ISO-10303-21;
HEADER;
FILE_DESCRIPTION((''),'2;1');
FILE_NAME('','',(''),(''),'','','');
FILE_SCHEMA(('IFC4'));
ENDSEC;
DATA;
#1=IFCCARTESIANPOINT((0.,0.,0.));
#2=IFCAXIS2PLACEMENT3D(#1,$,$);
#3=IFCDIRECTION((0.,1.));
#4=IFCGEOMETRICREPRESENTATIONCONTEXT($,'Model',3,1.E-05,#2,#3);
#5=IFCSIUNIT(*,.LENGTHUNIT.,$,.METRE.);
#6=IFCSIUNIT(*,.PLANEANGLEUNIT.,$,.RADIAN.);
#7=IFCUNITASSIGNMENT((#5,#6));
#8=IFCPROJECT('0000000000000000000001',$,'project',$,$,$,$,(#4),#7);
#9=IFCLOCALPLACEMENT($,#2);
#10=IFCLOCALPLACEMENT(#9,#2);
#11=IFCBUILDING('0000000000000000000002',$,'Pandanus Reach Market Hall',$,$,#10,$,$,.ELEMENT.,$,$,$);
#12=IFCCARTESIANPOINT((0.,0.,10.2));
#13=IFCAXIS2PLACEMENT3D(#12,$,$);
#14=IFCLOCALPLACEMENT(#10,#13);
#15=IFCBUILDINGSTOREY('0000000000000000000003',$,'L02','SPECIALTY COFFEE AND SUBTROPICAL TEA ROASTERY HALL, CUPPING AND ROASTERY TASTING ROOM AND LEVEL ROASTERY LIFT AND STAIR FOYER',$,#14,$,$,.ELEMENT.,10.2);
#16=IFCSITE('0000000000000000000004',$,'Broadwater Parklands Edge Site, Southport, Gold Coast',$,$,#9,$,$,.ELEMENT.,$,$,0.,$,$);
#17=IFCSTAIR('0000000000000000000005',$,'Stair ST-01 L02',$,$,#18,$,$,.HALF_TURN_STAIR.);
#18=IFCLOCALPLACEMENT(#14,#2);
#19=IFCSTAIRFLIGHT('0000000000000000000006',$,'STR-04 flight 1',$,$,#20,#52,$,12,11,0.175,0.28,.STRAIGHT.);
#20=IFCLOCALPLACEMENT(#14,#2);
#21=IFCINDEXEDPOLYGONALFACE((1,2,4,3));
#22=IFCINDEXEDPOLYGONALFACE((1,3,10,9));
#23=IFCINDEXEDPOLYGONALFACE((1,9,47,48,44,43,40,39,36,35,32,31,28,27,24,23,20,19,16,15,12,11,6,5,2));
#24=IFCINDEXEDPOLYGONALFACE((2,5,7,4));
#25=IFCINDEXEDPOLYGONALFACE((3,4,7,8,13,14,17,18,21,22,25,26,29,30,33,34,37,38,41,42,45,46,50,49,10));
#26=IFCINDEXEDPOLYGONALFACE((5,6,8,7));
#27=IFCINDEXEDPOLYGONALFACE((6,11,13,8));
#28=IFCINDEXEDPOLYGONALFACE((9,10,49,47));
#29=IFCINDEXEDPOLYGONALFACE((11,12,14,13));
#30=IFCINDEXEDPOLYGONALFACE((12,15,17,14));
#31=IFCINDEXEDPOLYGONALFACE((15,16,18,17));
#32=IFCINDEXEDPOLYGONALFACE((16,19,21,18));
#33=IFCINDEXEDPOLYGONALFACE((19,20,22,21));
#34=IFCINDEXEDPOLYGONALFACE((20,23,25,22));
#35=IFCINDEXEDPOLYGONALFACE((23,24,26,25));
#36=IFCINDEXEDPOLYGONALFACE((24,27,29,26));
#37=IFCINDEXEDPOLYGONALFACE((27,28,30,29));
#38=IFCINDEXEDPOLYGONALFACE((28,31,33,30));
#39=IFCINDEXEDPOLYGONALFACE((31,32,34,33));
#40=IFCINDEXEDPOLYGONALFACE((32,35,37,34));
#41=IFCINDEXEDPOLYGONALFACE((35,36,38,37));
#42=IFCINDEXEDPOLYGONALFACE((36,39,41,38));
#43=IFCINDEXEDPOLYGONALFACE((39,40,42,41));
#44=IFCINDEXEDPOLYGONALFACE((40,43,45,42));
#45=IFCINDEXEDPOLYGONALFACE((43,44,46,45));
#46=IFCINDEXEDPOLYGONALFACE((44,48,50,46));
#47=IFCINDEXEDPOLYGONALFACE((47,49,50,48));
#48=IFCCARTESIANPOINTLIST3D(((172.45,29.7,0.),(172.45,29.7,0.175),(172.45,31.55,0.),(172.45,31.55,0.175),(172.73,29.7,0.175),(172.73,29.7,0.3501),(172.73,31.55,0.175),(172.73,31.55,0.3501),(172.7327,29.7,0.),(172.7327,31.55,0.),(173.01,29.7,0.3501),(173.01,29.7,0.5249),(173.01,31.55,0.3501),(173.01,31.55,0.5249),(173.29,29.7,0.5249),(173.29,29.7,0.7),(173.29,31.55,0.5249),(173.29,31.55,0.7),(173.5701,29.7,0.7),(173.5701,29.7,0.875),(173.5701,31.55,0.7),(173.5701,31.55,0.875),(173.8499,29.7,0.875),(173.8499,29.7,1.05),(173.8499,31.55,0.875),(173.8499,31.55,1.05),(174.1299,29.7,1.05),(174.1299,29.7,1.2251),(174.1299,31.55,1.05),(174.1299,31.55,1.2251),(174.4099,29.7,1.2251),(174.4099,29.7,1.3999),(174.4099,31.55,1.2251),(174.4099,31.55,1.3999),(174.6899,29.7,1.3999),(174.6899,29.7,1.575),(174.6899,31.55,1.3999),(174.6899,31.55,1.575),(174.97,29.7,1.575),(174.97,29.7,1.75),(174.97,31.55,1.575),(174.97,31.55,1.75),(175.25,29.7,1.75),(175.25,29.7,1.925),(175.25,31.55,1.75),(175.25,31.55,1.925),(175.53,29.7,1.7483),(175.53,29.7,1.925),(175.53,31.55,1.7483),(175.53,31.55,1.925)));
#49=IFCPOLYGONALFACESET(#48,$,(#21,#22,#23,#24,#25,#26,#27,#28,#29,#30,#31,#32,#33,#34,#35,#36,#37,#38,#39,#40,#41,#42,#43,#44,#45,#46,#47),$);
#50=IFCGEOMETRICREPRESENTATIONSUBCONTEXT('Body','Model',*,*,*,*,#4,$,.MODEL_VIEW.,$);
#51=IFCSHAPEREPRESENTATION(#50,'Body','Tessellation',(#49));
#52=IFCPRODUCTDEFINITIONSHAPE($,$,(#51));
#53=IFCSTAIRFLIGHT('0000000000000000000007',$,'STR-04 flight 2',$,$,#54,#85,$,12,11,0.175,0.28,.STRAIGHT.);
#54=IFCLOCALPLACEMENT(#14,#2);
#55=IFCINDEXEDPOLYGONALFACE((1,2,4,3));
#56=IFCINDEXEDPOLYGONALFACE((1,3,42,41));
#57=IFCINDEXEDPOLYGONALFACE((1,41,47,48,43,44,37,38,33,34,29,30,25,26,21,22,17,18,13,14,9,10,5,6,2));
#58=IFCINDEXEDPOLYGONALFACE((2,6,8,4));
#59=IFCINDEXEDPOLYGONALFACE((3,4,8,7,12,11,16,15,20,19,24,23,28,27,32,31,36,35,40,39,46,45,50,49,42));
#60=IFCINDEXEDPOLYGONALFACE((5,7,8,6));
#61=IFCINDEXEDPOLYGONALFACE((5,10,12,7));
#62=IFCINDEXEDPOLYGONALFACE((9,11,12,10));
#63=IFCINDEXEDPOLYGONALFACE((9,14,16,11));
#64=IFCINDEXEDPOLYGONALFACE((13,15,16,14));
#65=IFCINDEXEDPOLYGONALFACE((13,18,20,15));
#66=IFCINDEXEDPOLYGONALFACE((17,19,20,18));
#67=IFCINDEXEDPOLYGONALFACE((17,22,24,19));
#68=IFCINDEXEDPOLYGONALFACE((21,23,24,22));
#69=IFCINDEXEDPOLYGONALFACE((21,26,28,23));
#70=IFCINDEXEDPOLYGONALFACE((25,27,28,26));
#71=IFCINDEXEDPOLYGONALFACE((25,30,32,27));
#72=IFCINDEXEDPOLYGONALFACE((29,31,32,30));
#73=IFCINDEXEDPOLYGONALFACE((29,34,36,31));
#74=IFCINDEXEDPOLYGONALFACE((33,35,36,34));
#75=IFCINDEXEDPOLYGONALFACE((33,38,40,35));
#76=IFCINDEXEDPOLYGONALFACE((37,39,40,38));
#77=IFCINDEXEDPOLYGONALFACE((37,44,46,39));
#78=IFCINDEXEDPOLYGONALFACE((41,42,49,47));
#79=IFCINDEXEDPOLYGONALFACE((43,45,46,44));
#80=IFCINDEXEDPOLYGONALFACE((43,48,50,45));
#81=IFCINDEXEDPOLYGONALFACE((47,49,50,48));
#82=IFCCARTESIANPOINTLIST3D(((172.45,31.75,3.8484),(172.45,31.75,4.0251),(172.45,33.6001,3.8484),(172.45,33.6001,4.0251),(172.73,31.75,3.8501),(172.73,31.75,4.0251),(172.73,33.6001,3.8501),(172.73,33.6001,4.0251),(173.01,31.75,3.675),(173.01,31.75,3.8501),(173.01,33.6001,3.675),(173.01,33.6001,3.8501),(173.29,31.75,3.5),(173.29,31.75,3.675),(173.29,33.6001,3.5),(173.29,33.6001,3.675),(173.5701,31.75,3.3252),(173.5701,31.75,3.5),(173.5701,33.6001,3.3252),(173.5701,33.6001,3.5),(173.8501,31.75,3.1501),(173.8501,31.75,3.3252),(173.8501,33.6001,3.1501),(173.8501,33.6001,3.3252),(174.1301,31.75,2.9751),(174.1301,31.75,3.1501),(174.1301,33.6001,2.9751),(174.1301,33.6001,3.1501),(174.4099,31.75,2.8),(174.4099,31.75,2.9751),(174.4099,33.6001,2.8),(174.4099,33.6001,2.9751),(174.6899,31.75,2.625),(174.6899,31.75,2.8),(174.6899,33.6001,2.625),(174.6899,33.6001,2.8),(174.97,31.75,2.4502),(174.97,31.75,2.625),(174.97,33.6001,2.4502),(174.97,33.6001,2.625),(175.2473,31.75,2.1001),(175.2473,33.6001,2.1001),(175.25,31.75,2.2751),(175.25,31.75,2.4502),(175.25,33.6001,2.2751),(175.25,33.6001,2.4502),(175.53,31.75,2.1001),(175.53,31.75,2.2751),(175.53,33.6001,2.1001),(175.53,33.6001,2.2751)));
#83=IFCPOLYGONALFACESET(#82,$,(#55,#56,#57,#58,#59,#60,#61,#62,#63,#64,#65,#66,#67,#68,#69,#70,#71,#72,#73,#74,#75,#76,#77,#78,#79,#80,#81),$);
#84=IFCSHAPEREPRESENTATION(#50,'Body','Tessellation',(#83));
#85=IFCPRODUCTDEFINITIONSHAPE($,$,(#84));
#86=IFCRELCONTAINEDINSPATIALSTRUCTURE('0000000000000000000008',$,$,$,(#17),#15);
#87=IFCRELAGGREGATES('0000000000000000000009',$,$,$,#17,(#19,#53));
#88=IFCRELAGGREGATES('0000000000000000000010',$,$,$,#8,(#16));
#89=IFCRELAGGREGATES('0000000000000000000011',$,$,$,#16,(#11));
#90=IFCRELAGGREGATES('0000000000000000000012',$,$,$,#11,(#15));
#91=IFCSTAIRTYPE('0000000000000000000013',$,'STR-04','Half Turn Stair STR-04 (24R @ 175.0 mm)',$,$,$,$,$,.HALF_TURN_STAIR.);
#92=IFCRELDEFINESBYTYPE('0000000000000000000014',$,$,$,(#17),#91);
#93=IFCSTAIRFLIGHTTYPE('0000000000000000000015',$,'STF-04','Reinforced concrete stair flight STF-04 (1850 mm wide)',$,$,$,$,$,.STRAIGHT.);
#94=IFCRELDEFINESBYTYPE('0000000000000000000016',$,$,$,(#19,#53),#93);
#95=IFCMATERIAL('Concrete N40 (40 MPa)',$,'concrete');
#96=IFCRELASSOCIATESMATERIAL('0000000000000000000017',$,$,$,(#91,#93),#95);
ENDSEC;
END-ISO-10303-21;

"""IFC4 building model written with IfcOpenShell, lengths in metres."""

from ifc_helpers import new_model, si_unit, direction, frame, origin, place, context, subcontext, project, spatial, polyline, outline, extrude, material, type_object, element, aggregate, save


model = new_model("IFC4")

# Units and contexts
model_context = context("Model", 3, precision=1e-05, world=origin(), true_north=direction((0.0, 1.0)))
body_context = subcontext(model_context, "Body", "Model", "MODEL_VIEW")
ifc_project = project(units=[si_unit("LENGTHUNIT", "METRE"), si_unit("PLANEANGLEUNIT", "RADIAN")], contexts=[model_context])

# Site, building, storey
site_placement = place(None, origin())
site = spatial("IfcSite", under=ifc_project, at=site_placement, Name="Broadwater Parklands Edge Site, Southport, Gold Coast", CompositionType="ELEMENT", RefElevation=0.0)
building_placement = place(site_placement, origin())
building = spatial("IfcBuilding", under=site, at=building_placement, Name="Pandanus Reach Market Hall", CompositionType="ELEMENT")
storey_placement = place(building_placement, frame((0.0, 0.0, 10.2)))
storey = spatial("IfcBuildingStorey", under=building, at=storey_placement, Name="L02", Description="SPECIALTY COFFEE AND SUBTROPICAL TEA ROASTERY HALL, CUPPING AND ROASTERY TASTING ROOM AND LEVEL ROASTERY LIFT AND STAIR FOYER", CompositionType="ELEMENT", Elevation=10.2)

# Shared definitions
ifc_material_1 = material(Name="Concrete N40 (40 MPa)", Category="concrete")

# Stair, stair flights
stair_type = type_object("IfcStairType", Name="STR-04", Description="Half Turn Stair STR-04 (24R @ 175.0 mm)", PredefinedType="HALF_TURN_STAIR", material=ifc_material_1)
stair_placement = place(storey_placement, origin())
stair = element("IfcStair", 1, at=stair_placement, inside=storey, type_object=stair_type, Name="Stair ST-01 L02", PredefinedType="HALF_TURN_STAIR")
stair_flight_type = type_object("IfcStairFlightType", Name="STF-04", Description="Reinforced concrete stair flight STF-04 (1850 mm wide)", PredefinedType="STRAIGHT", material=ifc_material_1)
stair_flight_1_placement = place(storey_placement, frame((172.45, 30.625, 0.0), z_axis=(0.0, 0.0, 1.0), x_axis=(1.0, 0.0, 0.0)))
stair_flight_1 = element("IfcStairFlight", 2, at=stair_flight_1_placement, type_object=stair_flight_type, Name="STR-04 flight 1", NumberOfRisers=12, NumberOfTreads=11, PredefinedType="STRAIGHT", RiserHeight=0.175, TreadLength=0.28, context=body_context, shape_type="SweptSolid", body=[
    extrude(outline(polyline([(0.0, 0.0), (0.0, 0.175), (0.28, 0.175), (0.28, 0.3501), (0.5601, 0.3501), (0.5601, 0.5249), (0.8401, 0.5249), (0.8401, 0.7), (1.1201, 0.7), (1.1201, 0.875), (1.3999, 0.875), (1.3999, 1.05), (1.6799, 1.05), (1.6799, 1.2251), (1.96, 1.2251), (1.96, 1.3999), (2.24, 1.3999), (2.24, 1.575), (2.52, 1.575), (2.52, 1.75), (2.8, 1.75), (2.8, 1.925), (3.0801, 1.925), (3.0801, 2.1001), (3.0801, 1.7483), (0.2827, 0.0), (0.0, 0.0)])), frame((0.0, 0.925, 0.0), z_axis=(0.0, -1.0, 0.0), x_axis=(1.0, 0.0, 0.0)), (0.0, 0.0, 1.0), 1.8501),
])
stair_flight_2_placement = place(storey_placement, frame((175.53, 32.675, 2.1001), z_axis=(0.0, 0.0, 1.0), x_axis=(-1.0, 0.0, 0.0)))
stair_flight_2 = element("IfcStairFlight", 3, at=stair_flight_2_placement, type_object=stair_flight_type, Name="STR-04 flight 2", NumberOfRisers=12, NumberOfTreads=11, PredefinedType="STRAIGHT", RiserHeight=0.175, TreadLength=0.28, context=body_context, shape_type="SweptSolid", body=[
    extrude(outline(polyline([(0.0, 0.0), (0.0, 0.175), (0.28, 0.175), (0.28, 0.3501), (0.5601, 0.3501), (0.5601, 0.5249), (0.8401, 0.5249), (0.8401, 0.7), (1.1201, 0.7), (1.1201, 0.875), (1.3999, 0.875), (1.3999, 1.05), (1.6799, 1.05), (1.6799, 1.2251), (1.96, 1.2251), (1.96, 1.3999), (2.24, 1.3999), (2.24, 1.575), (2.52, 1.575), (2.52, 1.75), (2.8, 1.75), (2.8, 1.925), (3.0801, 1.925), (3.0801, 2.1001), (3.0801, 1.7483), (0.2827, 0.0), (0.0, 0.0)])), frame((0.0, 0.925, 0.0), z_axis=(0.0, -1.0, 0.0), x_axis=(1.0, 0.0, 0.0)), (0.0, 0.0, 1.0), 1.8501),
])
aggregate(stair, [stair_flight_1, stair_flight_2])

save(model, "model.ifc")
